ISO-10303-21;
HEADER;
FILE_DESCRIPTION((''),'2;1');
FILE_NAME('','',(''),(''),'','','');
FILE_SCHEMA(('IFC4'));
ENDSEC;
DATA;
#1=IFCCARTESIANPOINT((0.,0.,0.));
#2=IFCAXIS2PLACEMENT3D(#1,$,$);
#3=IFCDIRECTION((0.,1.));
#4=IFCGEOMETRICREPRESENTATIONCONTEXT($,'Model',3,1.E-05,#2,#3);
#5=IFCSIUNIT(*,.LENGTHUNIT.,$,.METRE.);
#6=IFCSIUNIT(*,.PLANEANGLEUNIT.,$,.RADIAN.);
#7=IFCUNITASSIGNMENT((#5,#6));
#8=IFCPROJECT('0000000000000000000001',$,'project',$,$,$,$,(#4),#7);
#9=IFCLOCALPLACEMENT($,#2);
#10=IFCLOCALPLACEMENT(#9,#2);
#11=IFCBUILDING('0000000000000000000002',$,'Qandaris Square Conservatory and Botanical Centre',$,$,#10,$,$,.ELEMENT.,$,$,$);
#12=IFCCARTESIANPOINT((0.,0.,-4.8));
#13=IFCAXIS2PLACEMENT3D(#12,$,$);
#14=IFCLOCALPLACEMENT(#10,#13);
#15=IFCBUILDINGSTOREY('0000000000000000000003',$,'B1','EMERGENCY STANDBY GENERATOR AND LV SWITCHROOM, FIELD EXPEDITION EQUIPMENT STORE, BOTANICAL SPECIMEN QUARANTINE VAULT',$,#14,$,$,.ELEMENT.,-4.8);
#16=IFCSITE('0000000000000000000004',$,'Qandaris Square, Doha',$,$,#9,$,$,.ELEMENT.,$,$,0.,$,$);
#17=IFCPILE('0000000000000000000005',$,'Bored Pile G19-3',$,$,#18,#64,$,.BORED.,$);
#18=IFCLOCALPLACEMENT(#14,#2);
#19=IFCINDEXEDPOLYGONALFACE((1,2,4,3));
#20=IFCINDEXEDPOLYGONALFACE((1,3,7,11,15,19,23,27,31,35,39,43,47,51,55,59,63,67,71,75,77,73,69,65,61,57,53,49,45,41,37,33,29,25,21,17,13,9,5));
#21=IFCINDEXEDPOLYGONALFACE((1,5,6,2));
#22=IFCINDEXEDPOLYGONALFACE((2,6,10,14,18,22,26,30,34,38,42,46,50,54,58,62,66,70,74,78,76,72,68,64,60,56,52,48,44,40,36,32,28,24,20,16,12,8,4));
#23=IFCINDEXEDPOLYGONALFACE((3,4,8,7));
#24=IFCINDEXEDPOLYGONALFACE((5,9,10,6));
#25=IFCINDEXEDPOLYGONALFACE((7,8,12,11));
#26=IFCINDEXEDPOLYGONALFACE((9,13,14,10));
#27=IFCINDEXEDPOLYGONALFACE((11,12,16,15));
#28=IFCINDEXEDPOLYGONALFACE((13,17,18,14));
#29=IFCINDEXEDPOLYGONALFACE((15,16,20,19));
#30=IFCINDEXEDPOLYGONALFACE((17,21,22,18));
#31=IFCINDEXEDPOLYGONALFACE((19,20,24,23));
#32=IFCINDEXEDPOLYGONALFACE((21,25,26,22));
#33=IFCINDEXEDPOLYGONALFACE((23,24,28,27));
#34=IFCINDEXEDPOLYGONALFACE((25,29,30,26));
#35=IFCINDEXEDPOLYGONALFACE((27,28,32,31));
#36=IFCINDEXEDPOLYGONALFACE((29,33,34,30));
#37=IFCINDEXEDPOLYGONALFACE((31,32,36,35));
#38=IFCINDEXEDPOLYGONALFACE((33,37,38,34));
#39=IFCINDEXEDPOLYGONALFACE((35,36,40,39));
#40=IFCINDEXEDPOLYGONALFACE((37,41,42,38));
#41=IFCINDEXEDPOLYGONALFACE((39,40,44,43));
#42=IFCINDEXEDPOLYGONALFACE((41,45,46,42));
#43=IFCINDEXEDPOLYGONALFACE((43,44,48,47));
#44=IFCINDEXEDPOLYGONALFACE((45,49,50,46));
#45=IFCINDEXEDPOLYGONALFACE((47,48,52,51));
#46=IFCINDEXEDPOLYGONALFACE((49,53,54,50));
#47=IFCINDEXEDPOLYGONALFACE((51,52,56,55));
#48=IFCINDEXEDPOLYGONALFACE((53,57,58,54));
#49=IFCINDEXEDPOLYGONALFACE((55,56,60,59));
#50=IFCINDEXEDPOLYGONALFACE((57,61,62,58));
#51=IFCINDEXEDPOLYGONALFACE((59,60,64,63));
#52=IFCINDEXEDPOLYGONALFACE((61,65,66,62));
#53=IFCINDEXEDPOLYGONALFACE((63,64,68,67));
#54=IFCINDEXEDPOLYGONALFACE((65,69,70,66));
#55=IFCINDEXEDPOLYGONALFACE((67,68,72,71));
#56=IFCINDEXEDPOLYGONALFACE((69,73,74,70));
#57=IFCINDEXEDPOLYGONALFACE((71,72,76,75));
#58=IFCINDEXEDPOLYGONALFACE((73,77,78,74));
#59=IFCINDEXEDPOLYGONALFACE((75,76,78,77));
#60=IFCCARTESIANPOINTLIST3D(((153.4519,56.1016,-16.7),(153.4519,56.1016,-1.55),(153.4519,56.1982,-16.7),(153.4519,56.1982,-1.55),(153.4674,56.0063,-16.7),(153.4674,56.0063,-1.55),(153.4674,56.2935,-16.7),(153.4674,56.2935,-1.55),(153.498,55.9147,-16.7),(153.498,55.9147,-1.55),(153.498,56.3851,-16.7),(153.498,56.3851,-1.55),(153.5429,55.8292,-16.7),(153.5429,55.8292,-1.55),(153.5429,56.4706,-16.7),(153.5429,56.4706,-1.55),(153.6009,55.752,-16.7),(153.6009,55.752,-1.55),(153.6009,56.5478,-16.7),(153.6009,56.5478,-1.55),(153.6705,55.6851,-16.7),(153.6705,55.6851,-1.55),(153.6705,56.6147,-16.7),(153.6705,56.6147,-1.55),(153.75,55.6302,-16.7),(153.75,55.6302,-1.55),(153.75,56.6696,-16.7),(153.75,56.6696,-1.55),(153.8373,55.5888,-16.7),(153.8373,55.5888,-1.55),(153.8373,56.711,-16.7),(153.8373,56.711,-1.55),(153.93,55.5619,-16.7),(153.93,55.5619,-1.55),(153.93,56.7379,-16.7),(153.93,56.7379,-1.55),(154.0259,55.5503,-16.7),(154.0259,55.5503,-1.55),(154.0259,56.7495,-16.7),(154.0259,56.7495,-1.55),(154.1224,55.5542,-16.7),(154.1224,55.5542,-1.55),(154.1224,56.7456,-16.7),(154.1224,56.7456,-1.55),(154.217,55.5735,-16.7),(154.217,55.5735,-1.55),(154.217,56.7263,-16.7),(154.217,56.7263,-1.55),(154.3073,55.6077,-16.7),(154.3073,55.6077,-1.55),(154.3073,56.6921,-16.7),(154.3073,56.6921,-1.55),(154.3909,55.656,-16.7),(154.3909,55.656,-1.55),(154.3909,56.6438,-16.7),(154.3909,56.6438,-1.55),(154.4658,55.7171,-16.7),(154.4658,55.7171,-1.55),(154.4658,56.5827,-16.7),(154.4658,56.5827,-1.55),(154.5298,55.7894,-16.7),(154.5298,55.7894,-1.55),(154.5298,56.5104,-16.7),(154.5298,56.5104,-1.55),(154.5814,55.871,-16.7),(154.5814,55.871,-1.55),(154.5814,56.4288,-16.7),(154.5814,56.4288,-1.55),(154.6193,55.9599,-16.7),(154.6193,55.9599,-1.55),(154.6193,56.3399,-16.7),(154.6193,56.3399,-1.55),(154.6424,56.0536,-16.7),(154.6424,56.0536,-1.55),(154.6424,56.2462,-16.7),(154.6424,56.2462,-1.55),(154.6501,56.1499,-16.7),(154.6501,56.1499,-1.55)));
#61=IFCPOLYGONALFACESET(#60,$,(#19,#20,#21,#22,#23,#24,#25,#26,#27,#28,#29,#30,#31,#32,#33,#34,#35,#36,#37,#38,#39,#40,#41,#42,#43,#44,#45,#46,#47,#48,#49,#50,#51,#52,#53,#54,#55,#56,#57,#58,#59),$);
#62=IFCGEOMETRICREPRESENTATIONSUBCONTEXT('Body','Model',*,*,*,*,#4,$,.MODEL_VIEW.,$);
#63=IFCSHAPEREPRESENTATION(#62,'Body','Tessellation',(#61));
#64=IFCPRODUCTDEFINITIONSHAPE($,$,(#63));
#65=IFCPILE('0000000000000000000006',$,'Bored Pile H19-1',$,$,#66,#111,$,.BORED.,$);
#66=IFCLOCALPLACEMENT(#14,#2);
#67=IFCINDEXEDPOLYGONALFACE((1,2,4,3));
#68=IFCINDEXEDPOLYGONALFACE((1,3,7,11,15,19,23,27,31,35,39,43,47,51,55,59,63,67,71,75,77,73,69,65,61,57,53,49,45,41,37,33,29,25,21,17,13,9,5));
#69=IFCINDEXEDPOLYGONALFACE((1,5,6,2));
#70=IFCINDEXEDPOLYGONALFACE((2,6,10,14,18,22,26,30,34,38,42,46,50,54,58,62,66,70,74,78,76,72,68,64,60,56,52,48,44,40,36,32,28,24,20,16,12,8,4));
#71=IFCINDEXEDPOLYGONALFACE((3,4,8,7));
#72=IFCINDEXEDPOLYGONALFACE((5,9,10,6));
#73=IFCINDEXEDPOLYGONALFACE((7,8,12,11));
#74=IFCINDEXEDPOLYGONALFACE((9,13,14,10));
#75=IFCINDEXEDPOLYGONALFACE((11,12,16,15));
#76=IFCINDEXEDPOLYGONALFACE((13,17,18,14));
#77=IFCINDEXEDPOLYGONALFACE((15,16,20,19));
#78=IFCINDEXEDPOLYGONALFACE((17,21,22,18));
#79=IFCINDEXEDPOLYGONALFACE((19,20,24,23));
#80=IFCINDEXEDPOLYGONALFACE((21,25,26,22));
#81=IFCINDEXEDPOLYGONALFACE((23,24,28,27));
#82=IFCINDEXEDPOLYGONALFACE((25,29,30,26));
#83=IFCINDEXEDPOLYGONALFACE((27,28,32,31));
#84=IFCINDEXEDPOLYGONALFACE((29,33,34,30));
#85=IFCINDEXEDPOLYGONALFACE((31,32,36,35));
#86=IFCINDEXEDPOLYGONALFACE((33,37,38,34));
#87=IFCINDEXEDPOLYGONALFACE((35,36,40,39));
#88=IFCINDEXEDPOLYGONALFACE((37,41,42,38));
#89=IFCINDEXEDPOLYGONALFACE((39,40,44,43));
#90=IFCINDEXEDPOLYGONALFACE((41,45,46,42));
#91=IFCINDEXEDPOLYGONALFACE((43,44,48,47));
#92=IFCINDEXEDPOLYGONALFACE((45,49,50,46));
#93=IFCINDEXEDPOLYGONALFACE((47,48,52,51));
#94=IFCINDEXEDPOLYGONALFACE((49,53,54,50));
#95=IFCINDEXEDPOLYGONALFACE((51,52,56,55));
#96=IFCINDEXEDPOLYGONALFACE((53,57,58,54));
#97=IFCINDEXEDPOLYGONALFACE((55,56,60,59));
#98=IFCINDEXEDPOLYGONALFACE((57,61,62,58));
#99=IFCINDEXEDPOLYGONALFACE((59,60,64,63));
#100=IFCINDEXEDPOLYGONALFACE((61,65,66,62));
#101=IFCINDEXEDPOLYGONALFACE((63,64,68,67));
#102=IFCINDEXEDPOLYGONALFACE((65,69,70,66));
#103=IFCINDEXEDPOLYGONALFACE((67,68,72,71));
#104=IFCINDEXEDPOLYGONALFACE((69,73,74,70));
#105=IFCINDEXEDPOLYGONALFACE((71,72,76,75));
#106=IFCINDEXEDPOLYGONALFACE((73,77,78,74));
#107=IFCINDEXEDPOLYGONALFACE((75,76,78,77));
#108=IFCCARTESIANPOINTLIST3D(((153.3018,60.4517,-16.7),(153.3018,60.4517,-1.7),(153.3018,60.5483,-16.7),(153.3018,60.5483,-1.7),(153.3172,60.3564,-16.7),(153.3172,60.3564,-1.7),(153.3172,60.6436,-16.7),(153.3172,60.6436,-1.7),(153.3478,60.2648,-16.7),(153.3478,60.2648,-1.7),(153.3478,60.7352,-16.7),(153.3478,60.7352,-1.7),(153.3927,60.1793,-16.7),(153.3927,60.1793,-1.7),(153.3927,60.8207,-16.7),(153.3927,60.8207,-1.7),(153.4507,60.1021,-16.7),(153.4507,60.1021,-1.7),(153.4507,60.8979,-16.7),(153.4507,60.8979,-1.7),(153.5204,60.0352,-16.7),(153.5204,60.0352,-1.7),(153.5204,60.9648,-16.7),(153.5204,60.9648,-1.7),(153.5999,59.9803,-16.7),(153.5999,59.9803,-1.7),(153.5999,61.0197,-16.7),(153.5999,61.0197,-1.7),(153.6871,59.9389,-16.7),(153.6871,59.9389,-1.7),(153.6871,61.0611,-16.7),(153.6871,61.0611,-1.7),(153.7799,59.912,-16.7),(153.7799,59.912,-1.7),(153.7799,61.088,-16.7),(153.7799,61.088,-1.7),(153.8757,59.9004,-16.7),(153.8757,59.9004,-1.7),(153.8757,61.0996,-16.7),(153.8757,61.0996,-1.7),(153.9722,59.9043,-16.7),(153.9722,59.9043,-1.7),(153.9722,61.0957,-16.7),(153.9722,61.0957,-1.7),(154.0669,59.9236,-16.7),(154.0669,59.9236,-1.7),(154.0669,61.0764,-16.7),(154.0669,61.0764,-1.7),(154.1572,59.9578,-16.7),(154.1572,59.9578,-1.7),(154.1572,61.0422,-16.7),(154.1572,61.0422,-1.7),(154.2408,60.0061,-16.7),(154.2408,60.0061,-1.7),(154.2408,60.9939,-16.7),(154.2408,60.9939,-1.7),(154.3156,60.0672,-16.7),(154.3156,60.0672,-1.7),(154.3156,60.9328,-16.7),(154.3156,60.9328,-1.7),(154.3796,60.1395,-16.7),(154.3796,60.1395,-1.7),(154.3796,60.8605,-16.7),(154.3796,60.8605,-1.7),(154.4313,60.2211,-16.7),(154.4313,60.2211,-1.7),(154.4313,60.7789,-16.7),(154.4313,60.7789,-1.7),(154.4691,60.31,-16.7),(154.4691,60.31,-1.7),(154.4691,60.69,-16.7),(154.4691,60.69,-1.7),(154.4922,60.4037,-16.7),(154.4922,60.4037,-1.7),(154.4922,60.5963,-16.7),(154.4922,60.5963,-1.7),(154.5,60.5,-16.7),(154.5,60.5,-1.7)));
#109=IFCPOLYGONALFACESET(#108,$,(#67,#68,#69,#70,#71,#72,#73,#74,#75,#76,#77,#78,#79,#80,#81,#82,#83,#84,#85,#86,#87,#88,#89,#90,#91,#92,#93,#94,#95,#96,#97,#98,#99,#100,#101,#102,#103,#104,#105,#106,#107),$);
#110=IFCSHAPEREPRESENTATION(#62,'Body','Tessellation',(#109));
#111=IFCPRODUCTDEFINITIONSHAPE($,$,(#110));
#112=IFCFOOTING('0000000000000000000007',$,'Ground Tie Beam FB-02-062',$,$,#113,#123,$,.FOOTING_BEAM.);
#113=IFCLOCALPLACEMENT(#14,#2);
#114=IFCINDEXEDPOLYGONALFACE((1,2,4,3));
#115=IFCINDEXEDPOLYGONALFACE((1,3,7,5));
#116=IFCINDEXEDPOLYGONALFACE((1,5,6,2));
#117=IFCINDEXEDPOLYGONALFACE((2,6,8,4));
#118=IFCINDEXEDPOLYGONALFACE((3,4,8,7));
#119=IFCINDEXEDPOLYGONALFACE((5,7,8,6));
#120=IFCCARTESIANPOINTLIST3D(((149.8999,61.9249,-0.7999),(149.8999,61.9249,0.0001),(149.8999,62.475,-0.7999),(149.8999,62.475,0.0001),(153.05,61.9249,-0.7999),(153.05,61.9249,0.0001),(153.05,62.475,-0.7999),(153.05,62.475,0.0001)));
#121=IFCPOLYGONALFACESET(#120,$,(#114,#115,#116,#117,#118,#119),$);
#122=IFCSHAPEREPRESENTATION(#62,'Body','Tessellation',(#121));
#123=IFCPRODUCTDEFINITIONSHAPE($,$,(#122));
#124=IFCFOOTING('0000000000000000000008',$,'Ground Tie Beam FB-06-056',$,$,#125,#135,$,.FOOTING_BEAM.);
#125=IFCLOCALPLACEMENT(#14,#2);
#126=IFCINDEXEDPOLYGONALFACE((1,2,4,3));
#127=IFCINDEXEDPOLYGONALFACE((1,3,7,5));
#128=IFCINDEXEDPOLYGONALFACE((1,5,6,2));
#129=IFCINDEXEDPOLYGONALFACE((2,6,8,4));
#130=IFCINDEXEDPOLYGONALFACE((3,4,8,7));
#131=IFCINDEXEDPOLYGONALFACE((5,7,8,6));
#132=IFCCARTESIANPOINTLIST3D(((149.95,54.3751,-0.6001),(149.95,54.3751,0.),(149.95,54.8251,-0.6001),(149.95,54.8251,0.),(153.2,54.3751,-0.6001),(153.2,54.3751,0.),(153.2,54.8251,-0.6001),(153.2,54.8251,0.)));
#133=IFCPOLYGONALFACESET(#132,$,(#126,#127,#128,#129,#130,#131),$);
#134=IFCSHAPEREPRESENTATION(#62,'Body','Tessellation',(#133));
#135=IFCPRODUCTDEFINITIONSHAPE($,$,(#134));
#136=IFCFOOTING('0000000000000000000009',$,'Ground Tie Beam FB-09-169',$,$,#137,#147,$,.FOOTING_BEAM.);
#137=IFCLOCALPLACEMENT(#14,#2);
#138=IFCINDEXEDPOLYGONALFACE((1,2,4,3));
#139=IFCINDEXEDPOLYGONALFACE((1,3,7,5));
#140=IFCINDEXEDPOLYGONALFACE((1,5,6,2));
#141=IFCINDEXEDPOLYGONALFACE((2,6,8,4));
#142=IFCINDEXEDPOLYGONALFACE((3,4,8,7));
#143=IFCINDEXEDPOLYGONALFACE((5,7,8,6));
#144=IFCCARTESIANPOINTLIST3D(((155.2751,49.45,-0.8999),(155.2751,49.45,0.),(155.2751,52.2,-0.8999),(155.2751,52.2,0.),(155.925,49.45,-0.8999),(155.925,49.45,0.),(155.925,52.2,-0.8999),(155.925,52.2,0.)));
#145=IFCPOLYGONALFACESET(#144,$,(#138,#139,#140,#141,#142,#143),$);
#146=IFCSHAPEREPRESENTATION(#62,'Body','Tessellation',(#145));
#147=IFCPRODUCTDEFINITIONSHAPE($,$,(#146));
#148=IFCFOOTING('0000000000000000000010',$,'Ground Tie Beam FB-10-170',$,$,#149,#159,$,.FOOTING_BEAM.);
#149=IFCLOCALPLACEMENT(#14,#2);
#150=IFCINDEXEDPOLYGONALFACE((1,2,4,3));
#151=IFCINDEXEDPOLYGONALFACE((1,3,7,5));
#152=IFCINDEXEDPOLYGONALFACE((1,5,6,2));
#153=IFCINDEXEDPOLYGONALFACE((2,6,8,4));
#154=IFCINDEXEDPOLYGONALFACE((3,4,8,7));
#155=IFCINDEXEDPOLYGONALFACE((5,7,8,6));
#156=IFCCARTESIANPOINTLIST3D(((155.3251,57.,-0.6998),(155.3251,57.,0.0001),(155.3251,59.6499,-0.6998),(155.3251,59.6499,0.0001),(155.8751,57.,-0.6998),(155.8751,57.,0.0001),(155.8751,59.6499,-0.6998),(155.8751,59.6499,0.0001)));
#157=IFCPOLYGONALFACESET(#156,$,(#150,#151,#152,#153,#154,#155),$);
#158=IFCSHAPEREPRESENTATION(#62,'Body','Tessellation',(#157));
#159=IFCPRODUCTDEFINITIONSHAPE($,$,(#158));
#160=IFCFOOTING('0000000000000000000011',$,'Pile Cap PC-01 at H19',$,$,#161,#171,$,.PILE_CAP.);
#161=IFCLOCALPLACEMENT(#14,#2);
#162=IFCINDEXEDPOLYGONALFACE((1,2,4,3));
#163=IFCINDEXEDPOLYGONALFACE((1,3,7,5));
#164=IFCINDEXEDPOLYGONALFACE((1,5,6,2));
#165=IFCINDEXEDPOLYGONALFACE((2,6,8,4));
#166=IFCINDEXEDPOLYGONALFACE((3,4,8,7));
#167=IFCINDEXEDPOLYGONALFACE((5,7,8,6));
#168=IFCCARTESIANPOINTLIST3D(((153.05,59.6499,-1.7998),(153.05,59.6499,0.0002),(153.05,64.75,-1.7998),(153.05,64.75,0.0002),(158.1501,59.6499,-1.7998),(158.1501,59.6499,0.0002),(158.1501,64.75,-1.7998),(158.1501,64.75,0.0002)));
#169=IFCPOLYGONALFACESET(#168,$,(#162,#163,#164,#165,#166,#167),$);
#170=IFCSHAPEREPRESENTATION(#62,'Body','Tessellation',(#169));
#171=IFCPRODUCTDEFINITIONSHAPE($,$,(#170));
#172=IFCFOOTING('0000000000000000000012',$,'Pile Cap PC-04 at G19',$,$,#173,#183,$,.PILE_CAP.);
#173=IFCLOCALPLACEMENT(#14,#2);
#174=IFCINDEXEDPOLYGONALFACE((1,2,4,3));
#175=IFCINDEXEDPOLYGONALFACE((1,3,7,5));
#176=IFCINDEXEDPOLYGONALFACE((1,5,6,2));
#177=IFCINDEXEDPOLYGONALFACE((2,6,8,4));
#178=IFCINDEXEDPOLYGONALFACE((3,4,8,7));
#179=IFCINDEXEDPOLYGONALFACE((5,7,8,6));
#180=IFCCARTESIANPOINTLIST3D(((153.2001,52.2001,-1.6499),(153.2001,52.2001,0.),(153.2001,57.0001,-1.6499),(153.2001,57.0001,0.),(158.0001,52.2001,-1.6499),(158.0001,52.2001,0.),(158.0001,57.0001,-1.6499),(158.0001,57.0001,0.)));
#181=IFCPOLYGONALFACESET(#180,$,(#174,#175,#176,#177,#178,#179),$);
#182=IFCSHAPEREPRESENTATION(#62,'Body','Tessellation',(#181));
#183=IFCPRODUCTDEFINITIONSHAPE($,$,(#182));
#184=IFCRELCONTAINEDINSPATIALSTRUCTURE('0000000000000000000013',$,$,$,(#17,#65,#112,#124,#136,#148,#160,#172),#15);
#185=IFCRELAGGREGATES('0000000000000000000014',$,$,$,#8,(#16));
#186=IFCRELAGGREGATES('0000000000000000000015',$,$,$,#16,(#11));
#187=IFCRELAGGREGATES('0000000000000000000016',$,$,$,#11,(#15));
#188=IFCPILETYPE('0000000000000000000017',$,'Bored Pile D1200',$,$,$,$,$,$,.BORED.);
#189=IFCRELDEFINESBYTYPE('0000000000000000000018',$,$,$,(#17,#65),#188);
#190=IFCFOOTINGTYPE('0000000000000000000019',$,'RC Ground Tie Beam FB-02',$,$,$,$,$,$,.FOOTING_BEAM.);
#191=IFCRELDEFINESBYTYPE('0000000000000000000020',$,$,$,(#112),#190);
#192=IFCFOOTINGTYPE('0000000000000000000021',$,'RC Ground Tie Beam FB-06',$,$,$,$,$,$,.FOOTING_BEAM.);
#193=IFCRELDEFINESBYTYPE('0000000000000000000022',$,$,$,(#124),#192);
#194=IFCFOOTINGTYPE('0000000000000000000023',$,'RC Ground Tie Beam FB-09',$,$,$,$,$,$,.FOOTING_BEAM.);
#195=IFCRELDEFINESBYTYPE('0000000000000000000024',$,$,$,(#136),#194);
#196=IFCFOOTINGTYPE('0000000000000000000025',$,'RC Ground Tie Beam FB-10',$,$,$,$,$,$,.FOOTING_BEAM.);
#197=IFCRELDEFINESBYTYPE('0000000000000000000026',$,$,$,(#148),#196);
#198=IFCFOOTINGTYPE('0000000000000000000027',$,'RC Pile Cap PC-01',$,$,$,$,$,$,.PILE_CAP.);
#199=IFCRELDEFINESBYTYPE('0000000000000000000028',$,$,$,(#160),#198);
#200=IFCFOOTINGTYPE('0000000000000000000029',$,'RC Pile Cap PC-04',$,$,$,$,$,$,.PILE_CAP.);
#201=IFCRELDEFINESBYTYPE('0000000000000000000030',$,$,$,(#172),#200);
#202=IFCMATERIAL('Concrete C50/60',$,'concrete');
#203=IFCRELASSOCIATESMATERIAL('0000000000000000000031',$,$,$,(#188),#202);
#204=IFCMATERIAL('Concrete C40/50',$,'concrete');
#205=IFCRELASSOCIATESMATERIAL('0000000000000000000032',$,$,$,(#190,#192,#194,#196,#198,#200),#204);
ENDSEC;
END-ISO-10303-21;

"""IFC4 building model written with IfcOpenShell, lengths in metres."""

from ifc_helpers import new_model, si_unit, direction, frame, origin, origin_2d, place, context, subcontext, project, spatial, rectangle, circle, extrude, material, material_profile, profile_set, type_object, element, save


model = new_model("IFC4")

# Units and contexts
model_context = context("Model", 3, precision=1e-05, world=origin(), true_north=direction((0.0, 1.0)))
body_context = subcontext(model_context, "Body", "Model", "MODEL_VIEW")
ifc_project = project(units=[si_unit("LENGTHUNIT", "METRE"), si_unit("PLANEANGLEUNIT", "RADIAN")], contexts=[model_context])

# Site, building, storey
site_placement = place(None, origin())
site = spatial("IfcSite", under=ifc_project, at=site_placement, Name="Qandaris Square, Doha", CompositionType="ELEMENT", RefElevation=0.0)
building_placement = place(site_placement, origin())
building = spatial("IfcBuilding", under=site, at=building_placement, Name="Qandaris Square Conservatory and Botanical Centre", CompositionType="ELEMENT")
storey_placement = place(building_placement, frame((0.0, 0.0, -4.8)))
storey = spatial("IfcBuildingStorey", under=building, at=storey_placement, Name="B1", Description="EMERGENCY STANDBY GENERATOR AND LV SWITCHROOM, FIELD EXPEDITION EQUIPMENT STORE, BOTANICAL SPECIMEN QUARANTINE VAULT", CompositionType="ELEMENT", Elevation=-4.8)

# Piles
ifc_material_1 = material(Name="Concrete C50/60", Category="concrete")
ifc_material_profile_1 = material_profile(ifc_material_1, circle(Radius=0.6001, at=origin_2d()), Name="PILE D1200")
ifc_profile_set_1 = profile_set([ifc_material_profile_1], Name="Concrete C50/60")
pile_type = type_object("IfcPileType", Name="Bored Pile D1200", PredefinedType="BORED", material=ifc_profile_set_1)
for number, where, z_axis, x_axis, name in (
    (1, (154.05, 56.1499, -1.55), (0.0, 0.0, -1.0), (1.0, 0.0, 0.0), "Bored Pile G19-3"),
):
    element("IfcPile", number, at=place(storey_placement, frame(where, z_axis=z_axis, x_axis=x_axis)), inside=storey, type_object=pile_type, Name=name, PredefinedType="BORED", context=body_context, shape_type="SweptSolid", body=[
        extrude(circle(Radius=0.6001, at=origin_2d()), origin(), (0.0, 0.0, 1.0), 15.1499),
    ])
pile_1_placement = place(storey_placement, frame((153.8999, 60.5, -1.7), z_axis=(0.0, 0.0, -1.0), x_axis=(1.0, 0.0, 0.0)))
element("IfcPile", 2, at=pile_1_placement, inside=storey, type_object=pile_type, Name="Bored Pile H19-1", PredefinedType="BORED", context=body_context, shape_type="SweptSolid", body=[
    extrude(circle(Radius=0.6001, at=origin_2d()), origin(), (0.0, 0.0, 1.0), 15.0),
])

# Footings
ifc_material_2 = material(Name="Concrete C40/50", Category="concrete")
ifc_material_profile_2 = material_profile(ifc_material_2, rectangle(XDim=0.55, YDim=0.8, at=origin_2d()), Name="FB 550x800")
ifc_profile_set_2 = profile_set([ifc_material_profile_2], Name="Concrete C40/50")
footing_type_1 = type_object("IfcFootingType", Name="RC Ground Tie Beam FB-02", PredefinedType="FOOTING_BEAM", material=ifc_profile_set_2)
footing_1_placement = place(storey_placement, frame((149.8999, 62.2, -0.3999), z_axis=(1.0, 0.0, 0.0), x_axis=(0.0, 1.0, 0.0)))
element("IfcFooting", 3, at=footing_1_placement, inside=storey, type_object=footing_type_1, Name="Ground Tie Beam FB-02-062", PredefinedType="FOOTING_BEAM", context=body_context, shape_type="SweptSolid", body=[
    extrude(rectangle(XDim=0.55, YDim=0.8, at=origin_2d()), origin(), (0.0, 0.0, 1.0), 3.1501),
])
ifc_material_profile_3 = material_profile(ifc_material_2, rectangle(XDim=0.45, YDim=0.6001, at=origin_2d()), Name="FB 450x600")
ifc_profile_set_3 = profile_set([ifc_material_profile_3], Name="Concrete C40/50")
footing_type_2 = type_object("IfcFootingType", Name="RC Ground Tie Beam FB-06", PredefinedType="FOOTING_BEAM", material=ifc_profile_set_3)
footing_2_placement = place(storey_placement, frame((149.95, 54.6001, -0.3), z_axis=(1.0, 0.0, 0.0), x_axis=(0.0, 1.0, 0.0)))
element("IfcFooting", 4, at=footing_2_placement, inside=storey, type_object=footing_type_2, Name="Ground Tie Beam FB-06-056", PredefinedType="FOOTING_BEAM", context=body_context, shape_type="SweptSolid", body=[
    extrude(rectangle(XDim=0.45, YDim=0.6001, at=origin_2d()), origin(), (0.0, 0.0, 1.0), 3.25),
])
ifc_material_profile_4 = material_profile(ifc_material_2, rectangle(XDim=0.6499, YDim=0.8999, at=origin_2d()), Name="FB 650x900")
ifc_profile_set_4 = profile_set([ifc_material_profile_4], Name="Concrete C40/50")
footing_type_3 = type_object("IfcFootingType", Name="RC Ground Tie Beam FB-09", PredefinedType="FOOTING_BEAM", material=ifc_profile_set_4)
footing_3_placement = place(storey_placement, frame((155.6001, 49.45, -0.45), z_axis=(0.0, 1.0, 0.0), x_axis=(-1.0, 0.0, 0.0)))
element("IfcFooting", 5, at=footing_3_placement, inside=storey, type_object=footing_type_3, Name="Ground Tie Beam FB-09-169", PredefinedType="FOOTING_BEAM", context=body_context, shape_type="SweptSolid", body=[
    extrude(rectangle(XDim=0.6499, YDim=0.8999, at=origin_2d()), origin(), (0.0, 0.0, 1.0), 2.75),
])
ifc_material_profile_5 = material_profile(ifc_material_2, rectangle(XDim=0.55, YDim=0.7, at=origin_2d()), Name="FB 550x700")
ifc_profile_set_5 = profile_set([ifc_material_profile_5], Name="Concrete C40/50")
footing_type_4 = type_object("IfcFootingType", Name="RC Ground Tie Beam FB-10", PredefinedType="FOOTING_BEAM", material=ifc_profile_set_5)
footing_4_placement = place(storey_placement, frame((155.6001, 57.0, -0.3499), z_axis=(0.0, 1.0, 0.0), x_axis=(-1.0, 0.0, 0.0)))
element("IfcFooting", 6, at=footing_4_placement, inside=storey, type_object=footing_type_4, Name="Ground Tie Beam FB-10-170", PredefinedType="FOOTING_BEAM", context=body_context, shape_type="SweptSolid", body=[
    extrude(rectangle(XDim=0.55, YDim=0.7, at=origin_2d()), origin(), (0.0, 0.0, 1.0), 2.6499),
])
footing_type_5 = type_object("IfcFootingType", Name="RC Pile Cap PC-01", PredefinedType="PILE_CAP", material=ifc_material_2)
footing_5_placement = place(storey_placement, frame((155.6001, 62.2, -1.7998), z_axis=(0.0, 0.0, 1.0), x_axis=(1.0, 0.0, 0.0)))
element("IfcFooting", 7, at=footing_5_placement, inside=storey, type_object=footing_type_5, Name="Pile Cap PC-01 at H19", PredefinedType="PILE_CAP", context=body_context, shape_type="SweptSolid", body=[
    extrude(rectangle(XDim=5.1001, YDim=5.1001, at=origin_2d()), origin(), (0.0, 0.0, 1.0), 1.8),
])
footing_type_6 = type_object("IfcFootingType", Name="RC Pile Cap PC-04", PredefinedType="PILE_CAP", material=ifc_material_2)
footing_6_placement = place(storey_placement, frame((155.6001, 54.6001, -1.6499), z_axis=(0.0, 0.0, 1.0), x_axis=(1.0, 0.0, 0.0)))
element("IfcFooting", 8, at=footing_6_placement, inside=storey, type_object=footing_type_6, Name="Pile Cap PC-04 at G19", PredefinedType="PILE_CAP", context=body_context, shape_type="SweptSolid", body=[
    extrude(rectangle(XDim=4.8, YDim=4.8, at=origin_2d()), origin(), (0.0, 0.0, 1.0), 1.6499),
])

save(model, "model.ifc")
